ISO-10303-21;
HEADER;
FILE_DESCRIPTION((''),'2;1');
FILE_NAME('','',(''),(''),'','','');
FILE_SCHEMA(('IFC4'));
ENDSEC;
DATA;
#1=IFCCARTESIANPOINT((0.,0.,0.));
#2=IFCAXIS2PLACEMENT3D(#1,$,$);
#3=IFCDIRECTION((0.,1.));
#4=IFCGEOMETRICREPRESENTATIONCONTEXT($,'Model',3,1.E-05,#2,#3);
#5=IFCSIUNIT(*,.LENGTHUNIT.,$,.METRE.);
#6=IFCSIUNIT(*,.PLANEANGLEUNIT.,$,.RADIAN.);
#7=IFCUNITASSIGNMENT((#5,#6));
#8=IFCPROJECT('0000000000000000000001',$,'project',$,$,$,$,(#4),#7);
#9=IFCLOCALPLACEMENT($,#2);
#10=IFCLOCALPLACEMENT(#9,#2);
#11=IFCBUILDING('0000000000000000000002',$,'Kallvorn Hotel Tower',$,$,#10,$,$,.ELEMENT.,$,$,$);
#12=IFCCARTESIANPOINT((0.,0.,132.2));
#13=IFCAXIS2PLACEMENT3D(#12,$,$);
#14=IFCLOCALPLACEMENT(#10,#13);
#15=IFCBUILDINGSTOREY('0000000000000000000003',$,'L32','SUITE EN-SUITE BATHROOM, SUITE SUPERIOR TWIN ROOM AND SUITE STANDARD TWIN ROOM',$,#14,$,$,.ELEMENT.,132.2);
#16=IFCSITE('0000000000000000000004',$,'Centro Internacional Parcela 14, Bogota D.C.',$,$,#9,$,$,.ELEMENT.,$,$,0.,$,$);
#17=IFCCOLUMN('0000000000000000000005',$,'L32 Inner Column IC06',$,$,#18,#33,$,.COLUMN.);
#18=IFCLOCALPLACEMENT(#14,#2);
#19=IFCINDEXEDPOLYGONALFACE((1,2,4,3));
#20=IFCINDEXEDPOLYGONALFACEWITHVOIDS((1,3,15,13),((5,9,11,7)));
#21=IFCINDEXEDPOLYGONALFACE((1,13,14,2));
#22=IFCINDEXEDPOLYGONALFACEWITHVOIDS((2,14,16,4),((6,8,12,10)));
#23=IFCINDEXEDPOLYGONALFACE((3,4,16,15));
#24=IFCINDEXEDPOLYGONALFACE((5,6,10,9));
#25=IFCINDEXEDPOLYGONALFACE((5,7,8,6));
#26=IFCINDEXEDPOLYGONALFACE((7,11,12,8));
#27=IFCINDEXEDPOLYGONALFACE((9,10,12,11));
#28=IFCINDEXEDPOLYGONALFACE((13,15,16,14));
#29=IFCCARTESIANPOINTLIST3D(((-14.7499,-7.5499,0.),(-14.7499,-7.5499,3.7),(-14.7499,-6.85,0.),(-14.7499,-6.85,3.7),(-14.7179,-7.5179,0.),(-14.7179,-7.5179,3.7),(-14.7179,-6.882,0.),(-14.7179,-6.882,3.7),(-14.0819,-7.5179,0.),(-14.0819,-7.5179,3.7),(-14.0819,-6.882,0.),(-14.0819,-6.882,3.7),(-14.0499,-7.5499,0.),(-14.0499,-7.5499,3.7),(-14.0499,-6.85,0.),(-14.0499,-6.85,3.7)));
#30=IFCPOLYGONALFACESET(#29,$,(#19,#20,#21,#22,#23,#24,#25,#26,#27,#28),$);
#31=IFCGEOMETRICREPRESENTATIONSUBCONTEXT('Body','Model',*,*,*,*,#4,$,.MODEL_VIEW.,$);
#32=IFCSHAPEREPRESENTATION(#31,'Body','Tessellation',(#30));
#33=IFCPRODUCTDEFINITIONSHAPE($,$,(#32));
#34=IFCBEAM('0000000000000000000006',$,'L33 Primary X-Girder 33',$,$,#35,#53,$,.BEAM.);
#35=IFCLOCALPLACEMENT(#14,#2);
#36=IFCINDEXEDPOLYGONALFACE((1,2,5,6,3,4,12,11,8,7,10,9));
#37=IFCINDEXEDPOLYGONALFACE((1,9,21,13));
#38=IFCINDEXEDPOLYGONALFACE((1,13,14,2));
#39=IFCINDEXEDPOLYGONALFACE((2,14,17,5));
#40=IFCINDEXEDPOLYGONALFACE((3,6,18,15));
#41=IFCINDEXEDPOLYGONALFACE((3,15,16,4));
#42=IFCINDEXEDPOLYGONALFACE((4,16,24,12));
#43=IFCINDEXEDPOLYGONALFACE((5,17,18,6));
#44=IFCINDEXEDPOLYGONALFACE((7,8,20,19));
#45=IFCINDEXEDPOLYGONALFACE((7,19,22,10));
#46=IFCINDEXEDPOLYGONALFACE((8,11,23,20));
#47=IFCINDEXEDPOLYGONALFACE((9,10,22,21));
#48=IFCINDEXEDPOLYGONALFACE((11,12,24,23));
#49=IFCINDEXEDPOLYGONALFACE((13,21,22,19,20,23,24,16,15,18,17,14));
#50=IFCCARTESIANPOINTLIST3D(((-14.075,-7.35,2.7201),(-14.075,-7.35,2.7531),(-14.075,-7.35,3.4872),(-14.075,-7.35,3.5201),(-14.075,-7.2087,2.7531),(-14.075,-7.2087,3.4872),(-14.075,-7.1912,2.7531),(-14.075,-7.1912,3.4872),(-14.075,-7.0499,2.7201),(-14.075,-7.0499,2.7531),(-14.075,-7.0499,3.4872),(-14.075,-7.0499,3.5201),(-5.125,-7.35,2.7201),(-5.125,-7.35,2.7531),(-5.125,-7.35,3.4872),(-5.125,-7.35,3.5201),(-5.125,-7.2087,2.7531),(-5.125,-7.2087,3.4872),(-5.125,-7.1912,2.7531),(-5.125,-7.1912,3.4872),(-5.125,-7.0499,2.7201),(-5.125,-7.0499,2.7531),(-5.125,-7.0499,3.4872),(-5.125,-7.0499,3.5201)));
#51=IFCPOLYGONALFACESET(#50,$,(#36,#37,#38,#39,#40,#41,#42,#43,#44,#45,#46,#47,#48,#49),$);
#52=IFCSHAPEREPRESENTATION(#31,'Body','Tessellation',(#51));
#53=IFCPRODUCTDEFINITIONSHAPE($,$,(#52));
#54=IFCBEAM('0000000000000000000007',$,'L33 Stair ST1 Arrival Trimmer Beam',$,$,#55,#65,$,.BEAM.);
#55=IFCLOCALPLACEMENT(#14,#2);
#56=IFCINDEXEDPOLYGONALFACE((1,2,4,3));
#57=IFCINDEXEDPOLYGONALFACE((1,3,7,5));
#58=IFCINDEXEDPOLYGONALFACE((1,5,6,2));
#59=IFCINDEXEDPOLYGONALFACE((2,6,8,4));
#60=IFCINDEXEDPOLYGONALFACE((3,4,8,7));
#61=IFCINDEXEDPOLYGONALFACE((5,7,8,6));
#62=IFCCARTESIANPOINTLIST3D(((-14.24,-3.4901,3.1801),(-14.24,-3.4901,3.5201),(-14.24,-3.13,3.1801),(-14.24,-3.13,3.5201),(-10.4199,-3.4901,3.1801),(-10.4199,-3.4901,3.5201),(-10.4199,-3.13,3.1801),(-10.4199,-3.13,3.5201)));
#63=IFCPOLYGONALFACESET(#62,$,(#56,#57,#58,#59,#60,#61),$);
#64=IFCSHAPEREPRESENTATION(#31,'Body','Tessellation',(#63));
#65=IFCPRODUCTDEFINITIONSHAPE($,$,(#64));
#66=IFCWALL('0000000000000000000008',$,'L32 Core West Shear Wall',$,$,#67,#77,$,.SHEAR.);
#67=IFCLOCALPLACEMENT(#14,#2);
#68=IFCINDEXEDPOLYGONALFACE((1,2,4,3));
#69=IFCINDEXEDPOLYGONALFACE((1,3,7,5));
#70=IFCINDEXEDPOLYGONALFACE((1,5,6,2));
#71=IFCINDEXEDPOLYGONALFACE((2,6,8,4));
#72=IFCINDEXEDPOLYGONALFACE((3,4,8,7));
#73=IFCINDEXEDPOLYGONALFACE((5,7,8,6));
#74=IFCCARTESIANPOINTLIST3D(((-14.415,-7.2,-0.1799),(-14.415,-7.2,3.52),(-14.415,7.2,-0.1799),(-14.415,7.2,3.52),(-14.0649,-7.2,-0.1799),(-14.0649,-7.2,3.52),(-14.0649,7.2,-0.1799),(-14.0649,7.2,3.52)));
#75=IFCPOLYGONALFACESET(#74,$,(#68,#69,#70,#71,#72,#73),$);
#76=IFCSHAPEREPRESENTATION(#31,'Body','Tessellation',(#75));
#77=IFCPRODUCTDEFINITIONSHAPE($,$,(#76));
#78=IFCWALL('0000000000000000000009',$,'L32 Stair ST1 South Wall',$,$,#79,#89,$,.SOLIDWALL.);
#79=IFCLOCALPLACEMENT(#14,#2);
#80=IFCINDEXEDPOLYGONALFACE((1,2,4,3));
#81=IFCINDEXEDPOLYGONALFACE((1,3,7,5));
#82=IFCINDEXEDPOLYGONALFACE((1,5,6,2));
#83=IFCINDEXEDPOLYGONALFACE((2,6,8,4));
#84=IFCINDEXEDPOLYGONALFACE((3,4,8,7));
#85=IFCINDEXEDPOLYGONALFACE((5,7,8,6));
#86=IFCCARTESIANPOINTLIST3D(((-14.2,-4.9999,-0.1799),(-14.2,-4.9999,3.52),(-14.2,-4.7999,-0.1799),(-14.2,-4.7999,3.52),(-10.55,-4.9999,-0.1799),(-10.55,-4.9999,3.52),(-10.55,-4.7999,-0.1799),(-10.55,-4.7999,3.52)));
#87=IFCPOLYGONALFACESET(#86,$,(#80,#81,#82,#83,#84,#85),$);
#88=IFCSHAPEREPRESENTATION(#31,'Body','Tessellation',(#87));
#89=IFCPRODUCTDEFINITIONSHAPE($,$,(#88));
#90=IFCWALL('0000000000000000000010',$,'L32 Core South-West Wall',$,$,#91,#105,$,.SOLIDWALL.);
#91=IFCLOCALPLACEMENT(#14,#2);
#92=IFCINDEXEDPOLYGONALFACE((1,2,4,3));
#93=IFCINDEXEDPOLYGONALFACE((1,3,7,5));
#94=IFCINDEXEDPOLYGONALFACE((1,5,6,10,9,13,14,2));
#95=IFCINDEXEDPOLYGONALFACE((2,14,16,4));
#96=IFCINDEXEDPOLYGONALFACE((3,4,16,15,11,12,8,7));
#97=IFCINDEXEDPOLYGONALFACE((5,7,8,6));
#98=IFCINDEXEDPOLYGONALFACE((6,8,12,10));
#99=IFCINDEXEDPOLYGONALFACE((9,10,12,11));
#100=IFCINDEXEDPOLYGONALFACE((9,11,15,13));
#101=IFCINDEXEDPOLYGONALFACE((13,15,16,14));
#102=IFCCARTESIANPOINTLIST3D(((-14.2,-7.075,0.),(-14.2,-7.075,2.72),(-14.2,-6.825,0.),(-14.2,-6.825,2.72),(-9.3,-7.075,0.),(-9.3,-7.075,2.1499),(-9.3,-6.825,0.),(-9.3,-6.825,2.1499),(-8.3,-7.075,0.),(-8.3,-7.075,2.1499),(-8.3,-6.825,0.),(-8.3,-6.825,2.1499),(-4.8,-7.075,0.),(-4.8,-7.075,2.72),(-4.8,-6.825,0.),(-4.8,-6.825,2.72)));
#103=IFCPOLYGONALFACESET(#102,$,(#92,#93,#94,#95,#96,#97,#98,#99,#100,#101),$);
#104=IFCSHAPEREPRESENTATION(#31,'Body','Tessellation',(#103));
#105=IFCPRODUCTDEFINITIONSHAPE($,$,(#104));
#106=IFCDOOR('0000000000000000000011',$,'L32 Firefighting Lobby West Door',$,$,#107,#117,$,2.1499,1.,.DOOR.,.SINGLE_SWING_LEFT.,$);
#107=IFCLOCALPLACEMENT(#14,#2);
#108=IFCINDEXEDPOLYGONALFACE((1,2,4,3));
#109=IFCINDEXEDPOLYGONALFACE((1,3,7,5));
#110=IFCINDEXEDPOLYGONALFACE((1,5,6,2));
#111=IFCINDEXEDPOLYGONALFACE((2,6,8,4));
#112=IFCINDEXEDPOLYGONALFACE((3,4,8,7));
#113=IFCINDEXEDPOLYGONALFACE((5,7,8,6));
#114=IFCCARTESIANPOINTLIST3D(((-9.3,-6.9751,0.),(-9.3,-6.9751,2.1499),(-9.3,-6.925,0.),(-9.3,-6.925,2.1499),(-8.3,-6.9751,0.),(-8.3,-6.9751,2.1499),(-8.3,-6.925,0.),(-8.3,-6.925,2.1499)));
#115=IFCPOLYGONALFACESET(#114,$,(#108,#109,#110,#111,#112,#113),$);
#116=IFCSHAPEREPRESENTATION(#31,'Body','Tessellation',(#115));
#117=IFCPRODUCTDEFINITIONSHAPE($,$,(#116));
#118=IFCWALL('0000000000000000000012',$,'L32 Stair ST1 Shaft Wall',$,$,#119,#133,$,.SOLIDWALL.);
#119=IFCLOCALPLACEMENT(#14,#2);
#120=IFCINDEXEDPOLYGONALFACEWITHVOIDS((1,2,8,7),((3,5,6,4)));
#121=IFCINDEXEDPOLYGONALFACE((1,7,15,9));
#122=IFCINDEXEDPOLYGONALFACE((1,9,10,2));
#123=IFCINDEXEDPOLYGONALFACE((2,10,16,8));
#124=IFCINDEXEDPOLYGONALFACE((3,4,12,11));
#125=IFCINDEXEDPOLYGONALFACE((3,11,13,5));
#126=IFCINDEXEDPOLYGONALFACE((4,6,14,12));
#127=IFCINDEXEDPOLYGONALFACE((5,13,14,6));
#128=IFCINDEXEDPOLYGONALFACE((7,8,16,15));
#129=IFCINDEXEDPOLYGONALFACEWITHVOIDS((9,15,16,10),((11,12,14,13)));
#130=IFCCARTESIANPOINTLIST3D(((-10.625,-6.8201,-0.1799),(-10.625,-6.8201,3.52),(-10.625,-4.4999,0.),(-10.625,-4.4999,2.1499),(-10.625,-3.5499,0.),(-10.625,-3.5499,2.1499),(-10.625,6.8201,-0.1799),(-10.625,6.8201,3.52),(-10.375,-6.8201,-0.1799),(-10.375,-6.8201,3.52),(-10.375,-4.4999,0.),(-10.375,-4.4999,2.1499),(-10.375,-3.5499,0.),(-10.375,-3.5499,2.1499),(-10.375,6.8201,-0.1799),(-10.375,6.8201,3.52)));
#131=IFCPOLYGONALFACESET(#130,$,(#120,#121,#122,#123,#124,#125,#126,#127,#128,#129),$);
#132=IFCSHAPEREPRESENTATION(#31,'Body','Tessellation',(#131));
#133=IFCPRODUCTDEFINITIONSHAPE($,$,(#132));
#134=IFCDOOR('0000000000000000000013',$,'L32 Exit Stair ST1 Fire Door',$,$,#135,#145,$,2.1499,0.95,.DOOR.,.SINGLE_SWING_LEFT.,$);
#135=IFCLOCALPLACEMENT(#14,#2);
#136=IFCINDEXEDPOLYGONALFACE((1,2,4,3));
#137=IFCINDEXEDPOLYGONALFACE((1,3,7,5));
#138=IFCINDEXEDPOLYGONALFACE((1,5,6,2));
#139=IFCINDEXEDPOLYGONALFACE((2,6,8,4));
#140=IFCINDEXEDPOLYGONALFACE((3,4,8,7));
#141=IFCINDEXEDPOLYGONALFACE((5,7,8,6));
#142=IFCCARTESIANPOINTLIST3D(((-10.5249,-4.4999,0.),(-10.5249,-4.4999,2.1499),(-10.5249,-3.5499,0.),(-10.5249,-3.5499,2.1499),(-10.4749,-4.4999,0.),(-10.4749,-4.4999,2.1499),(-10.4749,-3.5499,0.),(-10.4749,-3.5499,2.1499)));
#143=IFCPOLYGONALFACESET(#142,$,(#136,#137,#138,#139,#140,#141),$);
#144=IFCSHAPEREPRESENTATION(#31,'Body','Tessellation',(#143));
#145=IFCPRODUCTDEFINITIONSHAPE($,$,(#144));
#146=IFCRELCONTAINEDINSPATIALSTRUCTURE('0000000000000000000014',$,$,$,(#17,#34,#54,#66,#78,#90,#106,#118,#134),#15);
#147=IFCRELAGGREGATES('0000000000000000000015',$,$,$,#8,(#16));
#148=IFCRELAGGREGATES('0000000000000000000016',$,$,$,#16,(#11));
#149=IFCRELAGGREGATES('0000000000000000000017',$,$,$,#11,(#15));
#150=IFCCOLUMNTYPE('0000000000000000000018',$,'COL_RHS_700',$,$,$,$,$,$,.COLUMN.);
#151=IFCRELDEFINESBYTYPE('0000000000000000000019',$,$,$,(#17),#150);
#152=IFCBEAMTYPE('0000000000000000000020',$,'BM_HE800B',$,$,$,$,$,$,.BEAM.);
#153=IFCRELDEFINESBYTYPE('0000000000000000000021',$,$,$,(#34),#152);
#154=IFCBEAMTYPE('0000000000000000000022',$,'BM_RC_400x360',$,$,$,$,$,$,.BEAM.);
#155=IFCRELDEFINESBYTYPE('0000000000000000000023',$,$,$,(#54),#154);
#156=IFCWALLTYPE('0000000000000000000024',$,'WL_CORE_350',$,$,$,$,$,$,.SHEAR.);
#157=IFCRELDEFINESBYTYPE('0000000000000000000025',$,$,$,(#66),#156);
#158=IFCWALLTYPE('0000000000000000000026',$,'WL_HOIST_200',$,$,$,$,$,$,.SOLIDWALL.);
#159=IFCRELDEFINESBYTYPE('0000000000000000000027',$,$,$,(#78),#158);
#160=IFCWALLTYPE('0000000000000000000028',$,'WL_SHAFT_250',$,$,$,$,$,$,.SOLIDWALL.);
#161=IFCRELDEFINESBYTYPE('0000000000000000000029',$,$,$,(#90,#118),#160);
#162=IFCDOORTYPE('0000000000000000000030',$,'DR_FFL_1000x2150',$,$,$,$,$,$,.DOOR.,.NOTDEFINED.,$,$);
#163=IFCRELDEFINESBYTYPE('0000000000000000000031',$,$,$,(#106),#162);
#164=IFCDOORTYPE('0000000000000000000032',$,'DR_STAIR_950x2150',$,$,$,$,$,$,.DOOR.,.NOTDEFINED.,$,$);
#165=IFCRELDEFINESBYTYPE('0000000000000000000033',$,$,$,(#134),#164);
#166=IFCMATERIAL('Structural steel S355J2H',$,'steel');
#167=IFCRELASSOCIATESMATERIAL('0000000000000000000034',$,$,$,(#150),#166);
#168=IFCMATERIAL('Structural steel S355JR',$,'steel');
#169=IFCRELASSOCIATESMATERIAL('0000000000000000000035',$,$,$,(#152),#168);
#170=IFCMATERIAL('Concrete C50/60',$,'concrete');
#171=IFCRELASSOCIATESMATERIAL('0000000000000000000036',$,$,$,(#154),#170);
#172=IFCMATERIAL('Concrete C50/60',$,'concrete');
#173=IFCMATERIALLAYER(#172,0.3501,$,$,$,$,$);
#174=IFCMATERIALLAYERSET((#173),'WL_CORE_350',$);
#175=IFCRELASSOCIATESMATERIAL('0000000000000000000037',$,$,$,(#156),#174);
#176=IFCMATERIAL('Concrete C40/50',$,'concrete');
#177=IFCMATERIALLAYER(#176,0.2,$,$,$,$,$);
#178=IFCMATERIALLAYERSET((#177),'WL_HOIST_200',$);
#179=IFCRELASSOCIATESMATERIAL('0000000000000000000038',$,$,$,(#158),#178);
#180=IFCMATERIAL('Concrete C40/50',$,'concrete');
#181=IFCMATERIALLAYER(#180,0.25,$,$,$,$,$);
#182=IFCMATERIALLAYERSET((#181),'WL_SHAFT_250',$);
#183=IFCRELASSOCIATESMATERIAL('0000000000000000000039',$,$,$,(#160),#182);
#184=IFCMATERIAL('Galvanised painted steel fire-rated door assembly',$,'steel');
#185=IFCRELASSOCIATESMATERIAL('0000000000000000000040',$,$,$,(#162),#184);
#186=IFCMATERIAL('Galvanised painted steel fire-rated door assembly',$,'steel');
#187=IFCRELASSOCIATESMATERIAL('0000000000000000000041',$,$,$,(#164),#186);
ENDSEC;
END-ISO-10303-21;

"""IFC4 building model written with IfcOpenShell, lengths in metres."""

from ifc_helpers import new_model, si_unit, direction, frame, frame_2d, origin, origin_2d, place, context, subcontext, project, spatial, rectangle, hollow_rectangle, i_section, extrude, material, layer, layer_set, material_profile, profile_set, type_object, element, fill, save


model = new_model("IFC4")

# Units and contexts
model_context = context("Model", 3, precision=1e-05, world=origin(), true_north=direction((0.0, 1.0)))
body_context = subcontext(model_context, "Body", "Model", "MODEL_VIEW")
ifc_project = project(units=[si_unit("LENGTHUNIT", "METRE"), si_unit("PLANEANGLEUNIT", "RADIAN")], contexts=[model_context])

# Site, building, storey
site_placement = place(None, origin())
site = spatial("IfcSite", under=ifc_project, at=site_placement, Name="Centro Internacional Parcela 14, Bogota D.C.", CompositionType="ELEMENT", RefElevation=0.0)
building_placement = place(site_placement, origin())
building = spatial("IfcBuilding", under=site, at=building_placement, Name="Kallvorn Hotel Tower", CompositionType="ELEMENT")
storey_placement = place(building_placement, frame((0.0, 0.0, 132.2)))
storey = spatial("IfcBuildingStorey", under=building, at=storey_placement, Name="L32", Description="SUITE EN-SUITE BATHROOM, SUITE SUPERIOR TWIN ROOM AND SUITE STANDARD TWIN ROOM", CompositionType="ELEMENT", Elevation=132.2)

# Column
ifc_material_1 = material(Name="Structural steel S355J2H", Category="steel")
ifc_material_profile_1 = material_profile(ifc_material_1, hollow_rectangle(XDim=0.7, YDim=0.7, WallThickness=0.032, at=origin_2d()), Name="RHS 700x700x32")
ifc_profile_set_1 = profile_set([ifc_material_profile_1], Name="Structural steel S355J2H")
column_type = type_object("IfcColumnType", Name="COL_RHS_700", PredefinedType="COLUMN", material=ifc_profile_set_1)
column_placement = place(storey_placement, frame((-14.3999, -7.2, 0.0), z_axis=(0.0, 0.0, 1.0), x_axis=(1.0, 0.0, 0.0)))
element("IfcColumn", 1, at=column_placement, inside=storey, type_object=column_type, Name="L32 Inner Column IC06", PredefinedType="COLUMN", context=body_context, shape_type="SweptSolid", body=[
    extrude(hollow_rectangle(XDim=0.7, YDim=0.7, WallThickness=0.032, at=origin_2d()), origin(), (0.0, 0.0, 1.0), 3.7),
])

# Beams
ifc_material_2 = material(Name="Structural steel S355JR", Category="steel")
ifc_material_profile_2 = material_profile(ifc_material_2, i_section(OverallWidth=0.3, OverallDepth=0.8, WebThickness=0.0176, FlangeThickness=0.033, at=origin_2d()), Name="HE 800 B")
ifc_profile_set_2 = profile_set([ifc_material_profile_2], Name="Structural steel S355JR")
beam_type_1 = type_object("IfcBeamType", Name="BM_HE800B", PredefinedType="BEAM", material=ifc_profile_set_2)
beam_1_placement = place(storey_placement, frame((-14.075, -7.2, 3.1201), z_axis=(1.0, 0.0, 0.0), x_axis=(0.0, 1.0, 0.0)))
element("IfcBeam", 2, at=beam_1_placement, inside=storey, type_object=beam_type_1, Name="L33 Primary X-Girder 33", PredefinedType="BEAM", context=body_context, shape_type="SweptSolid", body=[
    extrude(i_section(OverallWidth=0.3, OverallDepth=0.8, WebThickness=0.0176, FlangeThickness=0.033, at=origin_2d()), origin(), (0.0, 0.0, 1.0), 8.95),
])
ifc_material_3 = material(Name="Concrete C50/60", Category="concrete")
ifc_material_profile_3 = material_profile(ifc_material_3, rectangle(XDim=0.3601, YDim=0.3401, at=origin_2d()), Name="RC 360x340")
ifc_profile_set_3 = profile_set([ifc_material_profile_3], Name="Concrete C50/60")
beam_type_2 = type_object("IfcBeamType", Name="BM_RC_400x360", PredefinedType="BEAM", material=ifc_profile_set_3)
beam_2_placement = place(storey_placement, frame((-10.4199, -3.3101, 3.3501), z_axis=(-1.0, 0.0, 0.0), x_axis=(0.0, -1.0, 0.0)))
element("IfcBeam", 3, at=beam_2_placement, inside=storey, type_object=beam_type_2, Name="L33 Stair ST1 Arrival Trimmer Beam", PredefinedType="BEAM", context=body_context, shape_type="SweptSolid", body=[
    extrude(rectangle(XDim=0.3601, YDim=0.3401, at=origin_2d()), origin(), (0.0, 0.0, 1.0), 3.8201),
])

# Walls
ifc_material_4 = material(Name="Concrete C50/60", Category="concrete")
ifc_layer_1 = layer(ifc_material_4, 0.3501)
ifc_layer_set_1 = layer_set([ifc_layer_1], Name="WL_CORE_350")
wall_type_1 = type_object("IfcWallType", Name="WL_CORE_350", PredefinedType="SHEAR", material=ifc_layer_set_1)
wall_1_placement = place(storey_placement, frame((-14.24, -7.2, -0.1799), z_axis=(0.0, 0.0, 1.0), x_axis=(0.0, 1.0, 0.0)))
element("IfcWall", 4, at=wall_1_placement, inside=storey, type_object=wall_type_1, Name="L32 Core West Shear Wall", PredefinedType="SHEAR", context=body_context, shape_type="SweptSolid", body=[
    extrude(rectangle(XDim=14.3999, YDim=0.3501, at=frame_2d((7.2, 0.0))), origin(), (0.0, 0.0, 1.0), 3.7),
])
ifc_material_5 = material(Name="Concrete C40/50", Category="concrete")
ifc_layer_2 = layer(ifc_material_5, 0.2)
ifc_layer_set_2 = layer_set([ifc_layer_2], Name="WL_HOIST_200")
wall_type_2 = type_object("IfcWallType", Name="WL_HOIST_200", PredefinedType="SOLIDWALL", material=ifc_layer_set_2)
wall_2_placement = place(storey_placement, frame((-14.2, -4.8999, -0.1799), z_axis=(0.0, 0.0, 1.0), x_axis=(1.0, 0.0, 0.0)))
element("IfcWall", 5, at=wall_2_placement, inside=storey, type_object=wall_type_2, Name="L32 Stair ST1 South Wall", PredefinedType="SOLIDWALL", context=body_context, shape_type="SweptSolid", body=[
    extrude(rectangle(XDim=3.6499, YDim=0.2, at=frame_2d((1.825, 0.0))), origin(), (0.0, 0.0, 1.0), 3.7),
])

# Walls, openings, doors
ifc_material_6 = material(Name="Concrete C40/50", Category="concrete")
ifc_layer_3 = layer(ifc_material_6, 0.25)
ifc_layer_set_3 = layer_set([ifc_layer_3], Name="WL_SHAFT_250")
wall_type_3 = type_object("IfcWallType", Name="WL_SHAFT_250", PredefinedType="SOLIDWALL", material=ifc_layer_set_3)
wall_3_placement = place(storey_placement, frame((-14.2, -6.95, 0.0), z_axis=(0.0, 0.0, 1.0), x_axis=(1.0, 0.0, 0.0)))
wall_3 = element("IfcWall", 6, at=wall_3_placement, inside=storey, type_object=wall_type_3, Name="L32 Core South-West Wall", PredefinedType="SOLIDWALL", context=body_context, shape_type="SweptSolid", body=[
    extrude(rectangle(XDim=9.3999, YDim=0.25, at=frame_2d((4.7, 0.0))), origin(), (0.0, 0.0, 1.0), 2.72),
])
opening_1_placement = place(wall_3_placement, frame((4.8999, 0.0, 0.0)))
opening_1 = element("IfcOpeningElement", 7, at=opening_1_placement, cuts=wall_3, PredefinedType="OPENING", context=body_context, shape_type="SweptSolid", body=[
    extrude(rectangle(XDim=1.0, YDim=2.1499, at=frame_2d((0.5, 1.075))), frame((0.0, 0.1399, 0.0), z_axis=(0.0, -1.0, 0.0), x_axis=(1.0, 0.0, 0.0)), (0.0, 0.0, 1.0), 0.28),
])
ifc_material_7 = material(Name="Galvanised painted steel fire-rated door assembly", Category="steel")
door_type_1 = type_object("IfcDoorType", Name="DR_FFL_1000x2150", OperationType="NOTDEFINED", PredefinedType="DOOR", material=ifc_material_7)
door_1_placement = place(opening_1_placement, origin())
door_1 = element("IfcDoor", 8, at=door_1_placement, inside=storey, type_object=door_type_1, Name="L32 Firefighting Lobby West Door", OperationType="SINGLE_SWING_LEFT", OverallHeight=2.1499, OverallWidth=1.0, PredefinedType="DOOR", context=body_context, shape_type="SweptSolid", body=[
    extrude(rectangle(XDim=1.0, YDim=2.1499, at=frame_2d((0.5, 1.075))), frame((0.0, 0.0249, 0.0), z_axis=(0.0, -1.0, 0.0), x_axis=(1.0, 0.0, 0.0)), (0.0, 0.0, 1.0), 0.05),
])
fill(opening_1, door_1)
wall_4_placement = place(storey_placement, frame((-10.5, -6.8201, -0.1799), z_axis=(0.0, 0.0, 1.0), x_axis=(0.0, 1.0, 0.0)))
wall_4 = element("IfcWall", 9, at=wall_4_placement, inside=storey, type_object=wall_type_3, Name="L32 Stair ST1 Shaft Wall", PredefinedType="SOLIDWALL", context=body_context, shape_type="SweptSolid", body=[
    extrude(rectangle(XDim=13.6401, YDim=0.25, at=frame_2d((6.8201, 0.0))), origin(), (0.0, 0.0, 1.0), 3.7),
])
opening_2_placement = place(wall_4_placement, frame((2.3201, 0.0, 0.1799)))
opening_2 = element("IfcOpeningElement", 10, at=opening_2_placement, cuts=wall_4, PredefinedType="OPENING", context=body_context, shape_type="SweptSolid", body=[
    extrude(rectangle(XDim=0.95, YDim=2.1499, at=frame_2d((0.4751, 1.075))), frame((0.0, 0.1399, 0.0), z_axis=(0.0, -1.0, 0.0), x_axis=(1.0, 0.0, 0.0)), (0.0, 0.0, 1.0), 0.28),
])
ifc_material_8 = material(Name="Galvanised painted steel fire-rated door assembly", Category="steel")
door_type_2 = type_object("IfcDoorType", Name="DR_STAIR_950x2150", OperationType="NOTDEFINED", PredefinedType="DOOR", material=ifc_material_8)
door_2_placement = place(opening_2_placement, origin())
door_2 = element("IfcDoor", 11, at=door_2_placement, inside=storey, type_object=door_type_2, Name="L32 Exit Stair ST1 Fire Door", OperationType="SINGLE_SWING_LEFT", OverallHeight=2.1499, OverallWidth=0.95, PredefinedType="DOOR", context=body_context, shape_type="SweptSolid", body=[
    extrude(rectangle(XDim=0.95, YDim=2.1499, at=frame_2d((0.4751, 1.075))), frame((0.0, 0.0249, 0.0), z_axis=(0.0, -1.0, 0.0), x_axis=(1.0, 0.0, 0.0)), (0.0, 0.0, 1.0), 0.05),
])
fill(opening_2, door_2)

save(model, "model.ifc")
